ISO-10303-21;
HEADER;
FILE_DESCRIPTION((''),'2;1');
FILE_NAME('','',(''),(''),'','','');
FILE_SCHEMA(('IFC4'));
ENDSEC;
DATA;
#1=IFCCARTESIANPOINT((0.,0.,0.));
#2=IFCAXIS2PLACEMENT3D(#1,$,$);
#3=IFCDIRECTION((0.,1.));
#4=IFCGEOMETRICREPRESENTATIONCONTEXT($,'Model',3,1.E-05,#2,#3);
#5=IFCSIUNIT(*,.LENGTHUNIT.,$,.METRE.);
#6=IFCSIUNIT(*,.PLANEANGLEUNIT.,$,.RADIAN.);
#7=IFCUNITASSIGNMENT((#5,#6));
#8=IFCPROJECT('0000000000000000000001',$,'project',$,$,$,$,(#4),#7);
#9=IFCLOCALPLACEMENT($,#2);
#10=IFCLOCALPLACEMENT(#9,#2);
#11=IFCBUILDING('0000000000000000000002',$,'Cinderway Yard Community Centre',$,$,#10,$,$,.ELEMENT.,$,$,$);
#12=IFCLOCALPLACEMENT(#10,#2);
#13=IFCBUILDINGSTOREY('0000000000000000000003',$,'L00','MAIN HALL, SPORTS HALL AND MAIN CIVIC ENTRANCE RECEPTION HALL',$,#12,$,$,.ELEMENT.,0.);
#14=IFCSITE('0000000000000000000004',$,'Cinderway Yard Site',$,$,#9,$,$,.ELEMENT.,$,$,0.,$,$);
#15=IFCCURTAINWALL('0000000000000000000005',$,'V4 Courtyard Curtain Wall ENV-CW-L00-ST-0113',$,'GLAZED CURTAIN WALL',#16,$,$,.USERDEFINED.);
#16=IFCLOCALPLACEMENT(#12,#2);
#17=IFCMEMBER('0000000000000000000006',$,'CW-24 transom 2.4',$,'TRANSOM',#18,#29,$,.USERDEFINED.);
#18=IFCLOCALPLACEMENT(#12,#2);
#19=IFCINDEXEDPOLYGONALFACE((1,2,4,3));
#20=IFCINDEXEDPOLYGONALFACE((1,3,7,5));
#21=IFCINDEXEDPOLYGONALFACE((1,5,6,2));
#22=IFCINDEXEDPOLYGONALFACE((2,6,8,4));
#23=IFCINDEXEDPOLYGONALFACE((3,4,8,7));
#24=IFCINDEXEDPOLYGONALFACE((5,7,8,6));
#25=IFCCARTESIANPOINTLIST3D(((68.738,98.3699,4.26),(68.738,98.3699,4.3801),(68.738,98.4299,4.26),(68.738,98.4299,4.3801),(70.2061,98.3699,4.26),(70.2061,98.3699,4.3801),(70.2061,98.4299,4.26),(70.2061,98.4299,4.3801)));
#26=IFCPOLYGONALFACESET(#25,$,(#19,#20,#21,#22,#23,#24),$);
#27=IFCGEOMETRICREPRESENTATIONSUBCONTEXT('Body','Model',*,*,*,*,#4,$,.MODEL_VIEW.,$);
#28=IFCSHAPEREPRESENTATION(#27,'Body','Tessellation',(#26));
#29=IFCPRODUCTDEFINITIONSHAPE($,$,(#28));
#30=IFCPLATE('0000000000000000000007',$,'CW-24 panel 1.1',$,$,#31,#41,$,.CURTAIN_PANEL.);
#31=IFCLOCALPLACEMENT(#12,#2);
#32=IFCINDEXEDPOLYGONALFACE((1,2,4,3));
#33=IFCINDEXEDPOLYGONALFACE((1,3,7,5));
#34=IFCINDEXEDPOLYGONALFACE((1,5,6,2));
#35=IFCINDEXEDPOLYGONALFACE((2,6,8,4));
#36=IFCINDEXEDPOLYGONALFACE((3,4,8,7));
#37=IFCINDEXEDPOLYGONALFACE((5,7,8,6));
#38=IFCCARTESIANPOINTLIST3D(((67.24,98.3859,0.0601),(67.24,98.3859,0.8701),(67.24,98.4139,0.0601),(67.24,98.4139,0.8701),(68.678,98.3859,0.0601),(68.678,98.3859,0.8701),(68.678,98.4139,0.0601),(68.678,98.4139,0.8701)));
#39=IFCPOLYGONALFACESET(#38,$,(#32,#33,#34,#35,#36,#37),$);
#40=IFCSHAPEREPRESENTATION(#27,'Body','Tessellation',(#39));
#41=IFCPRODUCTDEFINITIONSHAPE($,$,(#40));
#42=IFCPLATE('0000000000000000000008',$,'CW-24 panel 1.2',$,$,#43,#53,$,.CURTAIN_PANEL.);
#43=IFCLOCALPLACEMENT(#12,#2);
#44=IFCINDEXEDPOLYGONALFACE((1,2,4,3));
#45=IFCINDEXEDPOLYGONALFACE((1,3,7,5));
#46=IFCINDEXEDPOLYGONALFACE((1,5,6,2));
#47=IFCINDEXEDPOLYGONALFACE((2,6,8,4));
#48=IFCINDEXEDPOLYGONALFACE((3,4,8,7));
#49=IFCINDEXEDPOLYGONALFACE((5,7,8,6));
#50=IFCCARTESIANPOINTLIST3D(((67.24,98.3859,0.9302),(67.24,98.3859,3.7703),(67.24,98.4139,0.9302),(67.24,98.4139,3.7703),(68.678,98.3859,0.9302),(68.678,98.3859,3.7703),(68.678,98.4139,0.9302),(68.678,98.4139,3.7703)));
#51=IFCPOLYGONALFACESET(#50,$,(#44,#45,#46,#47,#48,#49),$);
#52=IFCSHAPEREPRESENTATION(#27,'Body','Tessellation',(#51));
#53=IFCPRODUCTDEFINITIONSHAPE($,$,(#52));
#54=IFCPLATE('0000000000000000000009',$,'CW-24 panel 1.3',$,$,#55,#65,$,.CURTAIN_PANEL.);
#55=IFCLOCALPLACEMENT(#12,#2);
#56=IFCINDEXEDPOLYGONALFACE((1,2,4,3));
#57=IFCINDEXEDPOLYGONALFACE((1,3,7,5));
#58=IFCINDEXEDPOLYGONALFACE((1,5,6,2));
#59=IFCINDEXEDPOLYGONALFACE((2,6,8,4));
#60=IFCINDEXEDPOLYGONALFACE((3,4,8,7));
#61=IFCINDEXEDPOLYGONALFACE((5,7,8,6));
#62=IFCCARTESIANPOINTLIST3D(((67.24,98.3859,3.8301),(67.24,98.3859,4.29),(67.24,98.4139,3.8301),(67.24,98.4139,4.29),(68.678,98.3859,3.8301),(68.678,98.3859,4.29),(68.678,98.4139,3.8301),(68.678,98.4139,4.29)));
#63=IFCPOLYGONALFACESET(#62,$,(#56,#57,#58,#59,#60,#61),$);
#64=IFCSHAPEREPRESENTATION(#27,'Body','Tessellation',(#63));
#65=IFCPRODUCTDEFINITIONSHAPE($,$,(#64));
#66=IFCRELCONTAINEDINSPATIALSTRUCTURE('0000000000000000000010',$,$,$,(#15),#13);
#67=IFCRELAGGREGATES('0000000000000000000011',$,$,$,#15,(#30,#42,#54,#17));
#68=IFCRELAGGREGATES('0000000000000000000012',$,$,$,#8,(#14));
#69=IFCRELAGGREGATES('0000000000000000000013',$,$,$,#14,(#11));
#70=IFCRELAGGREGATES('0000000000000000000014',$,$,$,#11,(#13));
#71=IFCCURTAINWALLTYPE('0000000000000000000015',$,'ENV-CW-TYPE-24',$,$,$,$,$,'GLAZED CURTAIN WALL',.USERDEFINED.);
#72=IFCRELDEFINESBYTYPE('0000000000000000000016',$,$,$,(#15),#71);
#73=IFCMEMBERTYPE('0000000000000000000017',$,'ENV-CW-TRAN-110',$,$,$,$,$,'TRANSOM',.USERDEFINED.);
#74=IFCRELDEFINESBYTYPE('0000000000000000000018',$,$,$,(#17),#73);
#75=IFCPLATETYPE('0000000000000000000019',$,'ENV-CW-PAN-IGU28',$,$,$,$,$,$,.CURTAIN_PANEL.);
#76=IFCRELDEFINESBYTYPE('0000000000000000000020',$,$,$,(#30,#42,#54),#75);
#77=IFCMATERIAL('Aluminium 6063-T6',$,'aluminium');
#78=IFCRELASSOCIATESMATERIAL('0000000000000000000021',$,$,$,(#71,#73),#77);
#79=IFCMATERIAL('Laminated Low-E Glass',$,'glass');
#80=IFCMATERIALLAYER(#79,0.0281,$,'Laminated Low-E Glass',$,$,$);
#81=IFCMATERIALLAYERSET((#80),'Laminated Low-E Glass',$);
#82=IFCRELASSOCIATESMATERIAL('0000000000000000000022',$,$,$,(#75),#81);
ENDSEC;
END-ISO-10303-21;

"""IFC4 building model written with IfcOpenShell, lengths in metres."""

from ifc_helpers import new_model, si_unit, direction, frame, origin, origin_2d, place, context, subcontext, project, spatial, rectangle, extrude, material, layer, layer_set, material_profile, profile_set, type_object, element, aggregate, save


model = new_model("IFC4")

# Units and contexts
model_context = context("Model", 3, precision=1e-05, world=origin(), true_north=direction((0.0, 1.0)))
body_context = subcontext(model_context, "Body", "Model", "MODEL_VIEW")
ifc_project = project(units=[si_unit("LENGTHUNIT", "METRE"), si_unit("PLANEANGLEUNIT", "RADIAN")], contexts=[model_context])

# Site, building, storey
site_placement = place(None, origin())
site = spatial("IfcSite", under=ifc_project, at=site_placement, Name="Cinderway Yard Site", CompositionType="ELEMENT", RefElevation=0.0)
building_placement = place(site_placement, origin())
building = spatial("IfcBuilding", under=site, at=building_placement, Name="Cinderway Yard Community Centre", CompositionType="ELEMENT")
storey_placement = place(building_placement, origin())
storey = spatial("IfcBuildingStorey", under=building, at=storey_placement, Name="L00", Description="MAIN HALL, SPORTS HALL AND MAIN CIVIC ENTRANCE RECEPTION HALL", CompositionType="ELEMENT", Elevation=0.0)

# Curtain wall, member, plates
ifc_material_1 = material(Name="Aluminium 6063-T6", Category="aluminium")
curtain_wall_type = type_object("IfcCurtainWallType", Name="ENV-CW-TYPE-24", ElementType="GLAZED CURTAIN WALL", PredefinedType="USERDEFINED", material=ifc_material_1)
curtain_wall_placement = place(storey_placement, origin())
curtain_wall = element("IfcCurtainWall", 1, at=curtain_wall_placement, inside=storey, type_object=curtain_wall_type, Name="V4 Courtyard Curtain Wall ENV-CW-L00-ST-0113", ObjectType="GLAZED CURTAIN WALL", PredefinedType="USERDEFINED")
ifc_material_profile_1 = material_profile(ifc_material_1, rectangle(XDim=0.0601, YDim=0.1201, at=origin_2d()), Name="Aluminium 6063-T6")
ifc_profile_set_1 = profile_set([ifc_material_profile_1], Name="Aluminium 6063-T6")
member_type_1 = type_object("IfcMemberType", Name="ENV-CW-TRAN-110", ElementType="TRANSOM", PredefinedType="USERDEFINED", material=ifc_profile_set_1)
member_1_placement = place(storey_placement, frame((68.738, 98.3999, 4.3201), z_axis=(1.0, 0.0, 0.0), x_axis=(0.0, 1.0, 0.0)))
member_1 = element("IfcMember", 2, at=member_1_placement, type_object=member_type_1, Name="CW-24 transom 2.4", ObjectType="TRANSOM", PredefinedType="USERDEFINED", context=body_context, shape_type="SweptSolid", body=[
    extrude(rectangle(XDim=0.0601, YDim=0.1201, at=origin_2d()), origin(), (0.0, 0.0, 1.0), 1.468),
])
ifc_material_2 = material(Name="Laminated Low-E Glass", Category="glass")
ifc_layer = layer(ifc_material_2, 0.0281, Name="Laminated Low-E Glass")
ifc_layer_set = layer_set([ifc_layer], Name="Laminated Low-E Glass")
plate_type = type_object("IfcPlateType", Name="ENV-CW-PAN-IGU28", PredefinedType="CURTAIN_PANEL", material=ifc_layer_set)
plate_1_placement = place(storey_placement, frame((67.959, 98.3999, 0.0601), z_axis=(0.0, 0.0, 1.0), x_axis=(1.0, 0.0, 0.0)))
plate_1 = element("IfcPlate", 3, at=plate_1_placement, type_object=plate_type, Name="CW-24 panel 1.1", PredefinedType="CURTAIN_PANEL", context=body_context, shape_type="SweptSolid", body=[
    extrude(rectangle(XDim=1.438, YDim=0.0281, at=origin_2d()), origin(), (0.0, 0.0, 1.0), 0.8101),
])
plate_2_placement = place(storey_placement, frame((67.959, 98.3999, 0.9302), z_axis=(0.0, 0.0, 1.0), x_axis=(1.0, 0.0, 0.0)))
plate_2 = element("IfcPlate", 4, at=plate_2_placement, type_object=plate_type, Name="CW-24 panel 1.2", PredefinedType="CURTAIN_PANEL", context=body_context, shape_type="SweptSolid", body=[
    extrude(rectangle(XDim=1.438, YDim=0.0281, at=origin_2d()), origin(), (0.0, 0.0, 1.0), 2.8401),
])
plate_3_placement = place(storey_placement, frame((67.959, 98.3999, 3.8301), z_axis=(0.0, 0.0, 1.0), x_axis=(1.0, 0.0, 0.0)))
plate_3 = element("IfcPlate", 5, at=plate_3_placement, type_object=plate_type, Name="CW-24 panel 1.3", PredefinedType="CURTAIN_PANEL", context=body_context, shape_type="SweptSolid", body=[
    extrude(rectangle(XDim=1.438, YDim=0.0281, at=origin_2d()), origin(), (0.0, 0.0, 1.0), 0.46),
])
aggregate(curtain_wall, [plate_1, plate_2, plate_3, member_1])

save(model, "model.ifc")
